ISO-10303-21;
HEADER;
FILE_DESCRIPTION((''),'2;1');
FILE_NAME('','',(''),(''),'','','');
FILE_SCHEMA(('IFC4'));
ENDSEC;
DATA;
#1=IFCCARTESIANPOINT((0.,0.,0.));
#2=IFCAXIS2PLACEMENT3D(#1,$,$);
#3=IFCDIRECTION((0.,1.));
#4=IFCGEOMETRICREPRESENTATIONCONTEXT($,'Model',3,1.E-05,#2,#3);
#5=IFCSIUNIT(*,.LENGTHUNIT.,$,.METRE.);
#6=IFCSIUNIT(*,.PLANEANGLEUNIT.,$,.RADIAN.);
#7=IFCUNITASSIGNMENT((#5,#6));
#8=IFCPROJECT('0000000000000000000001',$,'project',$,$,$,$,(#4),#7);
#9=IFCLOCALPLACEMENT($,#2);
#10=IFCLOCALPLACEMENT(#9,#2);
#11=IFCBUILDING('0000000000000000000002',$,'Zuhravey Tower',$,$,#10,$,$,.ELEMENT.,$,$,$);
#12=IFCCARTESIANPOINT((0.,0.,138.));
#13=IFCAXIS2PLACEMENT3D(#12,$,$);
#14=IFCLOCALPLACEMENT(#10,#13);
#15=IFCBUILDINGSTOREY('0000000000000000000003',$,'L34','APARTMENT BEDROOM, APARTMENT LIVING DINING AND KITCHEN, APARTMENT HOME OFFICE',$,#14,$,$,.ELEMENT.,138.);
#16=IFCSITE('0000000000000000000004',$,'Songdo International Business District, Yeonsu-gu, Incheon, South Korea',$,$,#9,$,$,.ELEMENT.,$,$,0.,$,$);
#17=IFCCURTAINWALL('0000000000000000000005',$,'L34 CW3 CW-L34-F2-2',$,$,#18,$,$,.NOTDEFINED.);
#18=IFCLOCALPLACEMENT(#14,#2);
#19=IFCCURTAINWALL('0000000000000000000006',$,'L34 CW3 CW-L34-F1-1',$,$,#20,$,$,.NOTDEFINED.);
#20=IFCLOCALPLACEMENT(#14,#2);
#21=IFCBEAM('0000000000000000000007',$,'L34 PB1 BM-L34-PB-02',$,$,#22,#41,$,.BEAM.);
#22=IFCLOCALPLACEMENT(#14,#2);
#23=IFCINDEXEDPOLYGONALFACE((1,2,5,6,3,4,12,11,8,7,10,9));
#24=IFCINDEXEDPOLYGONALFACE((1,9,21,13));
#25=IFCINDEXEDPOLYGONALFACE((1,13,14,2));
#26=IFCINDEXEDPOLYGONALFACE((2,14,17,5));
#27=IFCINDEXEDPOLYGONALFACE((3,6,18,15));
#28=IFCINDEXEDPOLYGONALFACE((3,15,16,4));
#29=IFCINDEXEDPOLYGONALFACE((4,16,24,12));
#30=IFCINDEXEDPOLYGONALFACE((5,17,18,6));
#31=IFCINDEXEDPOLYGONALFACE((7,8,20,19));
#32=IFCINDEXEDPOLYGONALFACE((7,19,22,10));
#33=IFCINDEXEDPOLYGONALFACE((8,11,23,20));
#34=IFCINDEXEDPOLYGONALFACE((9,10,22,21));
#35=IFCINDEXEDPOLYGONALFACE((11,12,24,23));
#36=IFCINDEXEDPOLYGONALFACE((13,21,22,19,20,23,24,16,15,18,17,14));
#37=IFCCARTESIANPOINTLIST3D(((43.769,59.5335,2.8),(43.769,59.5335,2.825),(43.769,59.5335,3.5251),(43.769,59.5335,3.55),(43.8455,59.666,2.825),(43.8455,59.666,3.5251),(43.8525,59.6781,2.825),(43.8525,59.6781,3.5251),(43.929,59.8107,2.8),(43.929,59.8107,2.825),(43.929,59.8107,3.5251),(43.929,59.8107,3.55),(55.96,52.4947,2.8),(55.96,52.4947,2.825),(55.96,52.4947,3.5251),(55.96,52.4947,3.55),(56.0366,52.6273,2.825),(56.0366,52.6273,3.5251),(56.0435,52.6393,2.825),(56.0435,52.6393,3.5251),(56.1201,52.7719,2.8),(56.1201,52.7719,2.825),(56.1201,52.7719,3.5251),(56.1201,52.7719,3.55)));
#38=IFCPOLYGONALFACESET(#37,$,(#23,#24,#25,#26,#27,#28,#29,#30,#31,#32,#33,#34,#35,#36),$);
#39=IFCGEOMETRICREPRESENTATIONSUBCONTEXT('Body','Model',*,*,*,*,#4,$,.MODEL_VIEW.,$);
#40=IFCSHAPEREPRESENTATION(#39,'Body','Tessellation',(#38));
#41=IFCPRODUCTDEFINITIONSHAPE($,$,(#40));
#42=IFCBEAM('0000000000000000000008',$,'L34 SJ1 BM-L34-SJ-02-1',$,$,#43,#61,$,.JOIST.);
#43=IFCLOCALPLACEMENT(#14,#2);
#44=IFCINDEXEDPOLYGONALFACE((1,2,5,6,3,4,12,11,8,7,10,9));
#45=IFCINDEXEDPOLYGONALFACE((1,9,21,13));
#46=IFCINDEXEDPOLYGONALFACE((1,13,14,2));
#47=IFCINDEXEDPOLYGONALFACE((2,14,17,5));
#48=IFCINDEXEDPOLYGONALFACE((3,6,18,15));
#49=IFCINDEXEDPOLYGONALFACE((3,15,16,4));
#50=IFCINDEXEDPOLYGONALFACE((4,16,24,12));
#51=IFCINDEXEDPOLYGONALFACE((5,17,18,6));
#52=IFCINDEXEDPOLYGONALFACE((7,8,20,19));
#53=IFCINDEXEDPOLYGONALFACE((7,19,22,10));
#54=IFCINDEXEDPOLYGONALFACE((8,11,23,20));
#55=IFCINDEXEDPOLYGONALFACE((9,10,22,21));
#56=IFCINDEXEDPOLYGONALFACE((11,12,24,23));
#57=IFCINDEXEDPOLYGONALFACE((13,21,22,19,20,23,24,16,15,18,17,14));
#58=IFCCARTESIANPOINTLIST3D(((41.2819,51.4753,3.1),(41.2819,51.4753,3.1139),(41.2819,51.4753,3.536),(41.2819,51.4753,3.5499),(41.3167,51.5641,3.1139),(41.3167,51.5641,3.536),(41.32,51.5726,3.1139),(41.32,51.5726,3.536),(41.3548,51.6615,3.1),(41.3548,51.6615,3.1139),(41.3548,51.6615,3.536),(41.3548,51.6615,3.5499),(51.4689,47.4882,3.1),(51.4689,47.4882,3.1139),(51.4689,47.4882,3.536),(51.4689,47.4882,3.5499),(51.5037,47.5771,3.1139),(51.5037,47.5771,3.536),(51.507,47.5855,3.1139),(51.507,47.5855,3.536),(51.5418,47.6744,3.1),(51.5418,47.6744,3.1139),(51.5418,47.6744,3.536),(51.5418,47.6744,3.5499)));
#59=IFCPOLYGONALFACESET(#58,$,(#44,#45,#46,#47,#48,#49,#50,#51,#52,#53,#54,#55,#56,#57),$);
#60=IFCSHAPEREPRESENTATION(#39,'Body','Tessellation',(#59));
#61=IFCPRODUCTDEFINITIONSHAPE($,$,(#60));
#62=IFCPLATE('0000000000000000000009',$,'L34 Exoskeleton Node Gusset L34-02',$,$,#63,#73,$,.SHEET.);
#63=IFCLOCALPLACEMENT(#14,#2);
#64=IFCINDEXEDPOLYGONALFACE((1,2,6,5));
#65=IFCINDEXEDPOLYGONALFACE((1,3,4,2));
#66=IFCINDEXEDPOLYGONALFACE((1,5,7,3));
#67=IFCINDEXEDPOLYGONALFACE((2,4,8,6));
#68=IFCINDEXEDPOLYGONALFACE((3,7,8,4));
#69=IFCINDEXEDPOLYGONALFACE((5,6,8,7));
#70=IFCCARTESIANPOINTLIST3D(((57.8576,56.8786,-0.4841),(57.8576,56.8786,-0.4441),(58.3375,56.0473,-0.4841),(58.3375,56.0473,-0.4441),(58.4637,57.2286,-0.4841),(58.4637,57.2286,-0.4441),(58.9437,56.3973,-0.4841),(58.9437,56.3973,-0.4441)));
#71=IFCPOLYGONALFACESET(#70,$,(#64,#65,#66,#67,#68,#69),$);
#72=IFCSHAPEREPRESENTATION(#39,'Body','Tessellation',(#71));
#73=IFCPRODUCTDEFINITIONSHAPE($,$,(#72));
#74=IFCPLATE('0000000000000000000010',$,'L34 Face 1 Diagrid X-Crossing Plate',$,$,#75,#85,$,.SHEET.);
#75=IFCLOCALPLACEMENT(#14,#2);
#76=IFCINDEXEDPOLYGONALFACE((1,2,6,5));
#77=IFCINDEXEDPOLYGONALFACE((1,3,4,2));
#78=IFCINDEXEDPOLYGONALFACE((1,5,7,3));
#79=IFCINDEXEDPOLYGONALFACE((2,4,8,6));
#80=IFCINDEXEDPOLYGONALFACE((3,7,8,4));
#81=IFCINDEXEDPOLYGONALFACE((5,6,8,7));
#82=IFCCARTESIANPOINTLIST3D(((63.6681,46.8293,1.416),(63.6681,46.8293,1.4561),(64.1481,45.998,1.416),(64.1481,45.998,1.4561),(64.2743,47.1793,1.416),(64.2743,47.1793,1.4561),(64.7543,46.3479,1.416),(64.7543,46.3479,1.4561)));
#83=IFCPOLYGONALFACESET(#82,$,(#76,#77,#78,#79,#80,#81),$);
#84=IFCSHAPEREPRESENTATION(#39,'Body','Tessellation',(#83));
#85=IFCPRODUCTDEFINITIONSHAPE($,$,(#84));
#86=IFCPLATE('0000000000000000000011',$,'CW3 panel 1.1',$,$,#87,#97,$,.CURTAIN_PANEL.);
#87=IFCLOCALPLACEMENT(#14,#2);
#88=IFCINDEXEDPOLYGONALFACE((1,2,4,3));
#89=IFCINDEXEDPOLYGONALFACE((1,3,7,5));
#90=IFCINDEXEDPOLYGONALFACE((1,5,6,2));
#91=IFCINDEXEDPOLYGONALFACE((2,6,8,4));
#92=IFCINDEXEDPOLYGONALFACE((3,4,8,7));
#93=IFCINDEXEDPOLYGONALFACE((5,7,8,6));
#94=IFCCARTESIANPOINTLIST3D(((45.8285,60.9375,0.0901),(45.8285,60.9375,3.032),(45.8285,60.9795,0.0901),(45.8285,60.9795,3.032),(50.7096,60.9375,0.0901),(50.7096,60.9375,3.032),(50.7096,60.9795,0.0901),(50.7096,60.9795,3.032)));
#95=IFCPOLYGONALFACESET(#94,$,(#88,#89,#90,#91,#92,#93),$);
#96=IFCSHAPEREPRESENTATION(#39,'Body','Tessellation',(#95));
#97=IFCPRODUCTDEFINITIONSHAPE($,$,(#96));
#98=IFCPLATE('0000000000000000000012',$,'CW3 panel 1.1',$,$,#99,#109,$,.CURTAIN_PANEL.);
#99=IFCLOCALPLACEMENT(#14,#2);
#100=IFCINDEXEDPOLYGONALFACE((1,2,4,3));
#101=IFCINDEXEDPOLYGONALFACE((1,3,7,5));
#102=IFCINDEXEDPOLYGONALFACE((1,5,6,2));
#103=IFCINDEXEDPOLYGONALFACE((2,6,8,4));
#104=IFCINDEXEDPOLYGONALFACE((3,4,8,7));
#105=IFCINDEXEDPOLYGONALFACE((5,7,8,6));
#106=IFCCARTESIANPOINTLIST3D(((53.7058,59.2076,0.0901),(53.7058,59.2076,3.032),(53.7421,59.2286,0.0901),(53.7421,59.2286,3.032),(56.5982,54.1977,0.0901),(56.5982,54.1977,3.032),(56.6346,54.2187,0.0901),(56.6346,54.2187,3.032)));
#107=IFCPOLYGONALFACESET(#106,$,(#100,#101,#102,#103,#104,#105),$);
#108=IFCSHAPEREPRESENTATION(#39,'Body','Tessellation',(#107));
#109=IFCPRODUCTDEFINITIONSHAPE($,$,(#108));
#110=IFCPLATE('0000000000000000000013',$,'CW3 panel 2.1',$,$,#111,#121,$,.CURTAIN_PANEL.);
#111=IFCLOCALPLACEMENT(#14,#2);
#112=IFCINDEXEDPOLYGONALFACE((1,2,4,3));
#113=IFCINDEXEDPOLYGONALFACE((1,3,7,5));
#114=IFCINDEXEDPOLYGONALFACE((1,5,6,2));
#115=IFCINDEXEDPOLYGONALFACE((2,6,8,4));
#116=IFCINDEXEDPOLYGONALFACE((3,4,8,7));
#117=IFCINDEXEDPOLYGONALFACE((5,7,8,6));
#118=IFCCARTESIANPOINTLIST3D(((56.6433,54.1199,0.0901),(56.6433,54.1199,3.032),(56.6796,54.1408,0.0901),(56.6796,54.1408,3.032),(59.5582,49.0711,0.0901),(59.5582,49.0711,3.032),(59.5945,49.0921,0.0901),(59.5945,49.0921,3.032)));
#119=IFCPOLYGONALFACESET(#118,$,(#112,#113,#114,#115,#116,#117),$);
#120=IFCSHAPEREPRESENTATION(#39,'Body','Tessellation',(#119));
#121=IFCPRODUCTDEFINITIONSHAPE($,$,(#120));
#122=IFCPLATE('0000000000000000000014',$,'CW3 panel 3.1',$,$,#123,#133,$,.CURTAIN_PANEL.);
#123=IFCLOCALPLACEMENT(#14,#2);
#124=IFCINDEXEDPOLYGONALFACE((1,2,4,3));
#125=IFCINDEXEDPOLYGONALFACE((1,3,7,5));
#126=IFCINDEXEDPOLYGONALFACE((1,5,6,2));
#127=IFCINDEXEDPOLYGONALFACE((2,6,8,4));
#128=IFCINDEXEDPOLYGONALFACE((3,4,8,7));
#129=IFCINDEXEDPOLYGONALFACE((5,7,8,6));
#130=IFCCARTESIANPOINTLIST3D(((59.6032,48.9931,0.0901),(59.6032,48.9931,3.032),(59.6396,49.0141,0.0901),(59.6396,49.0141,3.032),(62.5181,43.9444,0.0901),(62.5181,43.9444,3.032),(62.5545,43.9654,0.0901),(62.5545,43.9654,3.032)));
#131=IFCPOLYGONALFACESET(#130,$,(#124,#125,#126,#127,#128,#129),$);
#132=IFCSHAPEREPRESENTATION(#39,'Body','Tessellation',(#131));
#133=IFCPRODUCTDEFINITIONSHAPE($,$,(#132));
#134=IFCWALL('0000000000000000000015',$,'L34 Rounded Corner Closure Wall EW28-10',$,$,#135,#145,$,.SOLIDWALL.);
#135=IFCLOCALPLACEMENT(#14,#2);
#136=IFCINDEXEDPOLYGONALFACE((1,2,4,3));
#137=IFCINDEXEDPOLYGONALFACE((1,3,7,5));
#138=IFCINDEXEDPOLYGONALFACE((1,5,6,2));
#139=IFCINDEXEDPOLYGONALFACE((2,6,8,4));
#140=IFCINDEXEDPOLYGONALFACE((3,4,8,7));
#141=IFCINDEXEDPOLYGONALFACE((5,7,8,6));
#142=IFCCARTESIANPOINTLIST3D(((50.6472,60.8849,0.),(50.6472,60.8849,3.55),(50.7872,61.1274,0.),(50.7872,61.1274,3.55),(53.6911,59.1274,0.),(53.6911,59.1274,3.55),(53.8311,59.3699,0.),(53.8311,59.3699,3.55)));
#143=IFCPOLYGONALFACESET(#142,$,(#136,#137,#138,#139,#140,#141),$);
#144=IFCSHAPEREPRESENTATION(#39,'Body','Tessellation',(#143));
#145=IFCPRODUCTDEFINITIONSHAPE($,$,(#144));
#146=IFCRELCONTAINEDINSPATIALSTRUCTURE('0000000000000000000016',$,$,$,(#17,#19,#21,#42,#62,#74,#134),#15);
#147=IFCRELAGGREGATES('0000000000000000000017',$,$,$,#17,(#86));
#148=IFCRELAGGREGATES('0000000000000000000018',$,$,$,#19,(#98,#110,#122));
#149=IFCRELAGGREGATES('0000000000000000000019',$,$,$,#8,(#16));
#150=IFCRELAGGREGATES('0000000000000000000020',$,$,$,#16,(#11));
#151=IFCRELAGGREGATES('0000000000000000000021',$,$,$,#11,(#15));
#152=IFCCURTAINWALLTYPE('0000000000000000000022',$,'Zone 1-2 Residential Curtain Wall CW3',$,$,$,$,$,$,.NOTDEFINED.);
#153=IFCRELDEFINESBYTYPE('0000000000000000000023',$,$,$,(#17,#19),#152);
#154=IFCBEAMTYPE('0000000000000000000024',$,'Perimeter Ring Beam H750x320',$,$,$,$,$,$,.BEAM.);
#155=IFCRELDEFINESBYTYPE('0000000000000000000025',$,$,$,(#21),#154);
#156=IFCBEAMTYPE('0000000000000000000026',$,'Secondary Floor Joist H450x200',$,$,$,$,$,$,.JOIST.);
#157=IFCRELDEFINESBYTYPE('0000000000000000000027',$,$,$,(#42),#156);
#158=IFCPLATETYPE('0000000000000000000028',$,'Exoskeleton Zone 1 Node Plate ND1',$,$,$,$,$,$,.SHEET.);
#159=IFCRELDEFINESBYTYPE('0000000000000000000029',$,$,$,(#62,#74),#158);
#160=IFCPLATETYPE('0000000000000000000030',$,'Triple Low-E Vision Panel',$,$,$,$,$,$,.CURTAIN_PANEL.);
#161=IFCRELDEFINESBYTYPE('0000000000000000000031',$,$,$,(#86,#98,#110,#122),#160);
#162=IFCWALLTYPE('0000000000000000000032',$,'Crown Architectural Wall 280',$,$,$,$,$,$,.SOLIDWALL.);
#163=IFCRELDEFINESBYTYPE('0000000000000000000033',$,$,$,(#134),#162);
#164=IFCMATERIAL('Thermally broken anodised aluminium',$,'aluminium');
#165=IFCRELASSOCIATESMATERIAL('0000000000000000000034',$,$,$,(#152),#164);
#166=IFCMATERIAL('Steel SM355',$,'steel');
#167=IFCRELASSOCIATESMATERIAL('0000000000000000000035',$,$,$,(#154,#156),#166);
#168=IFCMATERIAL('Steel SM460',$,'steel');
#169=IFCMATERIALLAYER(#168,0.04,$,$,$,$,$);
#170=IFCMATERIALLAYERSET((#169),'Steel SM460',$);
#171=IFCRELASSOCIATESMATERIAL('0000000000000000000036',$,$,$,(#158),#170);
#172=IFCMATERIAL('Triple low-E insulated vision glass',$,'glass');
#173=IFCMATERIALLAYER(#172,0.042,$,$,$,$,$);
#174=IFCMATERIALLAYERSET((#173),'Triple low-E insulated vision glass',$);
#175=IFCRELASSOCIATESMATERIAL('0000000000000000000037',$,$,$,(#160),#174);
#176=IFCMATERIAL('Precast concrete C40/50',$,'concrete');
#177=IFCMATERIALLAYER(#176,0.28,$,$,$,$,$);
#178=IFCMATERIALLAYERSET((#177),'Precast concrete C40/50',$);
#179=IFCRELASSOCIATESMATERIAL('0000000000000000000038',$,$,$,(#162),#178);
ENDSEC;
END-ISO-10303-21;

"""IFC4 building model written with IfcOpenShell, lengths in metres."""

from ifc_helpers import new_model, si_unit, direction, frame, frame_2d, origin, origin_2d, place, context, subcontext, project, spatial, rectangle, i_section, extrude, material, layer, layer_set, material_profile, profile_set, type_object, element, aggregate, save


model = new_model("IFC4")

# Units and contexts
model_context = context("Model", 3, precision=1e-05, world=origin(), true_north=direction((0.0, 1.0)))
body_context = subcontext(model_context, "Body", "Model", "MODEL_VIEW")
ifc_project = project(units=[si_unit("LENGTHUNIT", "METRE"), si_unit("PLANEANGLEUNIT", "RADIAN")], contexts=[model_context])

# Site, building, storey
site_placement = place(None, origin())
site = spatial("IfcSite", under=ifc_project, at=site_placement, Name="Songdo International Business District, Yeonsu-gu, Incheon, South Korea", CompositionType="ELEMENT", RefElevation=0.0)
building_placement = place(site_placement, origin())
building = spatial("IfcBuilding", under=site, at=building_placement, Name="Zuhravey Tower", CompositionType="ELEMENT")
storey_placement = place(building_placement, frame((0.0, 0.0, 138.0)))
storey = spatial("IfcBuildingStorey", under=building, at=storey_placement, Name="L34", Description="APARTMENT BEDROOM, APARTMENT LIVING DINING AND KITCHEN, APARTMENT HOME OFFICE", CompositionType="ELEMENT", Elevation=138.0)

# Curtain wall
ifc_material_1 = material(Name="Thermally broken anodised aluminium", Category="aluminium")
curtain_wall_type = type_object("IfcCurtainWallType", Name="Zone 1-2 Residential Curtain Wall CW3", PredefinedType="NOTDEFINED", material=ifc_material_1)
curtain_wall_1_placement = place(storey_placement, origin())
curtain_wall_1 = element("IfcCurtainWall", 1, at=curtain_wall_1_placement, inside=storey, type_object=curtain_wall_type, Name="L34 CW3 CW-L34-F2-2", PredefinedType="NOTDEFINED")

# Curtain wall
curtain_wall_2_placement = place(storey_placement, origin())
curtain_wall_2 = element("IfcCurtainWall", 2, at=curtain_wall_2_placement, inside=storey, type_object=curtain_wall_type, Name="L34 CW3 CW-L34-F1-1", PredefinedType="NOTDEFINED")

# Shared definitions
ifc_material_2 = material(Name="Steel SM460", Category="steel")

# Beams
ifc_material_3 = material(Name="Steel SM355", Category="steel")
ifc_material_profile_1 = material_profile(ifc_material_3, i_section(OverallWidth=0.3201, OverallDepth=0.75, WebThickness=0.0139, FlangeThickness=0.0249, at=origin_2d()), Name="H-750x320x14x25")
ifc_profile_set_1 = profile_set([ifc_material_profile_1], Name="Steel SM355")
beam_type_1 = type_object("IfcBeamType", Name="Perimeter Ring Beam H750x320", PredefinedType="BEAM", material=ifc_profile_set_1)
beam_1_placement = place(storey_placement, frame((56.04, 52.6333, 3.175), z_axis=(-0.866018, 0.500013, 0.0), x_axis=(-0.500013, -0.866018, 0.0)))
element("IfcBeam", 3, at=beam_1_placement, inside=storey, type_object=beam_type_1, Name="L34 PB1 BM-L34-PB-02", PredefinedType="BEAM", context=body_context, shape_type="SweptSolid", body=[
    extrude(i_section(OverallWidth=0.3201, OverallDepth=0.75, WebThickness=0.0139, FlangeThickness=0.0249, at=origin_2d()), origin(), (0.0, 0.0, 1.0), 14.0771),
])
ifc_material_profile_2 = material_profile(ifc_material_3, i_section(OverallWidth=0.2, OverallDepth=0.45, WebThickness=0.009, FlangeThickness=0.0139, at=origin_2d()), Name="H-450x200x9x14")
ifc_profile_set_2 = profile_set([ifc_material_profile_2], Name="Steel SM355")
beam_type_2 = type_object("IfcBeamType", Name="Secondary Floor Joist H450x200", PredefinedType="JOIST", material=ifc_profile_set_2)
beam_2_placement = place(storey_placement, frame((51.5054, 47.5813, 3.325), z_axis=(-0.931217, 0.364466, 0.0), x_axis=(-0.364466, -0.931217, 0.0)))
element("IfcBeam", 4, at=beam_2_placement, inside=storey, type_object=beam_type_2, Name="L34 SJ1 BM-L34-SJ-02-1", PredefinedType="JOIST", context=body_context, shape_type="SweptSolid", body=[
    extrude(i_section(OverallWidth=0.2, OverallDepth=0.45, WebThickness=0.009, FlangeThickness=0.0139, at=origin_2d()), origin(), (0.0, 0.0, 1.0), 10.9395),
])

# Plates
ifc_layer_1 = layer(ifc_material_2, 0.04)
ifc_layer_set_1 = layer_set([ifc_layer_1], Name="Steel SM460")
plate_type_1 = type_object("IfcPlateType", Name="Exoskeleton Zone 1 Node Plate ND1", PredefinedType="SHEET", material=ifc_layer_set_1)
for number, where, z_axis, x_axis, name in (
    (5, (58.4006, 56.6379, -0.4841), (0.0, 0.0, 1.0), (-0.5, 0.866025, 0.0), "L34 Exoskeleton Node Gusset L34-02"),
    (6, (64.2112, 46.5886, 1.416), (0.0, 0.0, 1.0), (-0.5, 0.866025, 0.0), "L34 Face 1 Diagrid X-Crossing Plate"),
):
    element("IfcPlate", number, at=place(storey_placement, frame(where, z_axis=z_axis, x_axis=x_axis)), inside=storey, type_object=plate_type_1, Name=name, PredefinedType="SHEET", context=body_context, shape_type="SweptSolid", body=[
        extrude(rectangle(XDim=0.96, YDim=0.7, at=origin_2d()), origin(), (0.0, 0.0, 1.0), 0.04),
    ])

# Plates
ifc_material_4 = material(Name="Triple low-E insulated vision glass", Category="glass")
ifc_layer_2 = layer(ifc_material_4, 0.042)
ifc_layer_set_2 = layer_set([ifc_layer_2], Name="Triple low-E insulated vision glass")
plate_type_2 = type_object("IfcPlateType", Name="Triple Low-E Vision Panel", PredefinedType="CURTAIN_PANEL", material=ifc_layer_set_2)
plate_1_placement = place(storey_placement, frame((48.269, 60.9585, 0.0901), z_axis=(0.0, 0.0, 1.0), x_axis=(1.0, 0.0, 0.0)))
plate_1 = element("IfcPlate", 7, at=plate_1_placement, type_object=plate_type_2, Name="CW3 panel 1.1", PredefinedType="CURTAIN_PANEL", context=body_context, shape_type="SweptSolid", body=[
    extrude(rectangle(XDim=4.8811, YDim=0.042, at=origin_2d()), origin(), (0.0, 0.0, 1.0), 2.9419),
])
aggregate(curtain_wall_1, [plate_1])
plate_2_placement = place(storey_placement, frame((55.1702, 56.7131, 0.0901), z_axis=(0.0, 0.0, 1.0), x_axis=(0.5, -0.866026, 0.0)))
plate_2 = element("IfcPlate", 8, at=plate_2_placement, type_object=plate_type_2, Name="CW3 panel 1.1", PredefinedType="CURTAIN_PANEL", context=body_context, shape_type="SweptSolid", body=[
    extrude(rectangle(XDim=5.7849, YDim=0.042, at=origin_2d()), origin(), (0.0, 0.0, 1.0), 2.9419),
])
plate_3_placement = place(storey_placement, frame((58.1189, 51.606, 0.0901), z_axis=(0.0, 0.0, 1.0), x_axis=(0.5, -0.866026, 0.0)))
plate_3 = element("IfcPlate", 9, at=plate_3_placement, type_object=plate_type_2, Name="CW3 panel 2.1", PredefinedType="CURTAIN_PANEL", context=body_context, shape_type="SweptSolid", body=[
    extrude(rectangle(XDim=5.8298, YDim=0.042, at=origin_2d()), origin(), (0.0, 0.0, 1.0), 2.9419),
])
plate_4_placement = place(storey_placement, frame((61.0789, 46.4792, 0.0901), z_axis=(0.0, 0.0, 1.0), x_axis=(0.5, -0.866026, 0.0)))
plate_4 = element("IfcPlate", 10, at=plate_4_placement, type_object=plate_type_2, Name="CW3 panel 3.1", PredefinedType="CURTAIN_PANEL", context=body_context, shape_type="SweptSolid", body=[
    extrude(rectangle(XDim=5.8298, YDim=0.042, at=origin_2d()), origin(), (0.0, 0.0, 1.0), 2.9419),
])
aggregate(curtain_wall_2, [plate_2, plate_3, plate_4])

# Wall
ifc_material_5 = material(Name="Precast concrete C40/50", Category="concrete")
ifc_layer_3 = layer(ifc_material_5, 0.28)
ifc_layer_set_3 = layer_set([ifc_layer_3], Name="Precast concrete C40/50")
wall_type_1 = type_object("IfcWallType", Name="Crown Architectural Wall 280", PredefinedType="SOLIDWALL", material=ifc_layer_set_3)
wall_1_placement = place(storey_placement, frame((50.7173, 61.0061, 0.0), z_axis=(0.0, 0.0, 1.0), x_axis=(0.866007, -0.500031, 0.0)))
element("IfcWall", 11, at=wall_1_placement, inside=storey, type_object=wall_type_1, Name="L34 Rounded Corner Closure Wall EW28-10", PredefinedType="SOLIDWALL", context=body_context, shape_type="SweptSolid", body=[
    extrude(rectangle(XDim=3.5149, YDim=0.28, at=frame_2d((1.7573, 0.0))), origin(), (0.0, 0.0, 1.0), 3.55),
])

save(model, "model.ifc")
